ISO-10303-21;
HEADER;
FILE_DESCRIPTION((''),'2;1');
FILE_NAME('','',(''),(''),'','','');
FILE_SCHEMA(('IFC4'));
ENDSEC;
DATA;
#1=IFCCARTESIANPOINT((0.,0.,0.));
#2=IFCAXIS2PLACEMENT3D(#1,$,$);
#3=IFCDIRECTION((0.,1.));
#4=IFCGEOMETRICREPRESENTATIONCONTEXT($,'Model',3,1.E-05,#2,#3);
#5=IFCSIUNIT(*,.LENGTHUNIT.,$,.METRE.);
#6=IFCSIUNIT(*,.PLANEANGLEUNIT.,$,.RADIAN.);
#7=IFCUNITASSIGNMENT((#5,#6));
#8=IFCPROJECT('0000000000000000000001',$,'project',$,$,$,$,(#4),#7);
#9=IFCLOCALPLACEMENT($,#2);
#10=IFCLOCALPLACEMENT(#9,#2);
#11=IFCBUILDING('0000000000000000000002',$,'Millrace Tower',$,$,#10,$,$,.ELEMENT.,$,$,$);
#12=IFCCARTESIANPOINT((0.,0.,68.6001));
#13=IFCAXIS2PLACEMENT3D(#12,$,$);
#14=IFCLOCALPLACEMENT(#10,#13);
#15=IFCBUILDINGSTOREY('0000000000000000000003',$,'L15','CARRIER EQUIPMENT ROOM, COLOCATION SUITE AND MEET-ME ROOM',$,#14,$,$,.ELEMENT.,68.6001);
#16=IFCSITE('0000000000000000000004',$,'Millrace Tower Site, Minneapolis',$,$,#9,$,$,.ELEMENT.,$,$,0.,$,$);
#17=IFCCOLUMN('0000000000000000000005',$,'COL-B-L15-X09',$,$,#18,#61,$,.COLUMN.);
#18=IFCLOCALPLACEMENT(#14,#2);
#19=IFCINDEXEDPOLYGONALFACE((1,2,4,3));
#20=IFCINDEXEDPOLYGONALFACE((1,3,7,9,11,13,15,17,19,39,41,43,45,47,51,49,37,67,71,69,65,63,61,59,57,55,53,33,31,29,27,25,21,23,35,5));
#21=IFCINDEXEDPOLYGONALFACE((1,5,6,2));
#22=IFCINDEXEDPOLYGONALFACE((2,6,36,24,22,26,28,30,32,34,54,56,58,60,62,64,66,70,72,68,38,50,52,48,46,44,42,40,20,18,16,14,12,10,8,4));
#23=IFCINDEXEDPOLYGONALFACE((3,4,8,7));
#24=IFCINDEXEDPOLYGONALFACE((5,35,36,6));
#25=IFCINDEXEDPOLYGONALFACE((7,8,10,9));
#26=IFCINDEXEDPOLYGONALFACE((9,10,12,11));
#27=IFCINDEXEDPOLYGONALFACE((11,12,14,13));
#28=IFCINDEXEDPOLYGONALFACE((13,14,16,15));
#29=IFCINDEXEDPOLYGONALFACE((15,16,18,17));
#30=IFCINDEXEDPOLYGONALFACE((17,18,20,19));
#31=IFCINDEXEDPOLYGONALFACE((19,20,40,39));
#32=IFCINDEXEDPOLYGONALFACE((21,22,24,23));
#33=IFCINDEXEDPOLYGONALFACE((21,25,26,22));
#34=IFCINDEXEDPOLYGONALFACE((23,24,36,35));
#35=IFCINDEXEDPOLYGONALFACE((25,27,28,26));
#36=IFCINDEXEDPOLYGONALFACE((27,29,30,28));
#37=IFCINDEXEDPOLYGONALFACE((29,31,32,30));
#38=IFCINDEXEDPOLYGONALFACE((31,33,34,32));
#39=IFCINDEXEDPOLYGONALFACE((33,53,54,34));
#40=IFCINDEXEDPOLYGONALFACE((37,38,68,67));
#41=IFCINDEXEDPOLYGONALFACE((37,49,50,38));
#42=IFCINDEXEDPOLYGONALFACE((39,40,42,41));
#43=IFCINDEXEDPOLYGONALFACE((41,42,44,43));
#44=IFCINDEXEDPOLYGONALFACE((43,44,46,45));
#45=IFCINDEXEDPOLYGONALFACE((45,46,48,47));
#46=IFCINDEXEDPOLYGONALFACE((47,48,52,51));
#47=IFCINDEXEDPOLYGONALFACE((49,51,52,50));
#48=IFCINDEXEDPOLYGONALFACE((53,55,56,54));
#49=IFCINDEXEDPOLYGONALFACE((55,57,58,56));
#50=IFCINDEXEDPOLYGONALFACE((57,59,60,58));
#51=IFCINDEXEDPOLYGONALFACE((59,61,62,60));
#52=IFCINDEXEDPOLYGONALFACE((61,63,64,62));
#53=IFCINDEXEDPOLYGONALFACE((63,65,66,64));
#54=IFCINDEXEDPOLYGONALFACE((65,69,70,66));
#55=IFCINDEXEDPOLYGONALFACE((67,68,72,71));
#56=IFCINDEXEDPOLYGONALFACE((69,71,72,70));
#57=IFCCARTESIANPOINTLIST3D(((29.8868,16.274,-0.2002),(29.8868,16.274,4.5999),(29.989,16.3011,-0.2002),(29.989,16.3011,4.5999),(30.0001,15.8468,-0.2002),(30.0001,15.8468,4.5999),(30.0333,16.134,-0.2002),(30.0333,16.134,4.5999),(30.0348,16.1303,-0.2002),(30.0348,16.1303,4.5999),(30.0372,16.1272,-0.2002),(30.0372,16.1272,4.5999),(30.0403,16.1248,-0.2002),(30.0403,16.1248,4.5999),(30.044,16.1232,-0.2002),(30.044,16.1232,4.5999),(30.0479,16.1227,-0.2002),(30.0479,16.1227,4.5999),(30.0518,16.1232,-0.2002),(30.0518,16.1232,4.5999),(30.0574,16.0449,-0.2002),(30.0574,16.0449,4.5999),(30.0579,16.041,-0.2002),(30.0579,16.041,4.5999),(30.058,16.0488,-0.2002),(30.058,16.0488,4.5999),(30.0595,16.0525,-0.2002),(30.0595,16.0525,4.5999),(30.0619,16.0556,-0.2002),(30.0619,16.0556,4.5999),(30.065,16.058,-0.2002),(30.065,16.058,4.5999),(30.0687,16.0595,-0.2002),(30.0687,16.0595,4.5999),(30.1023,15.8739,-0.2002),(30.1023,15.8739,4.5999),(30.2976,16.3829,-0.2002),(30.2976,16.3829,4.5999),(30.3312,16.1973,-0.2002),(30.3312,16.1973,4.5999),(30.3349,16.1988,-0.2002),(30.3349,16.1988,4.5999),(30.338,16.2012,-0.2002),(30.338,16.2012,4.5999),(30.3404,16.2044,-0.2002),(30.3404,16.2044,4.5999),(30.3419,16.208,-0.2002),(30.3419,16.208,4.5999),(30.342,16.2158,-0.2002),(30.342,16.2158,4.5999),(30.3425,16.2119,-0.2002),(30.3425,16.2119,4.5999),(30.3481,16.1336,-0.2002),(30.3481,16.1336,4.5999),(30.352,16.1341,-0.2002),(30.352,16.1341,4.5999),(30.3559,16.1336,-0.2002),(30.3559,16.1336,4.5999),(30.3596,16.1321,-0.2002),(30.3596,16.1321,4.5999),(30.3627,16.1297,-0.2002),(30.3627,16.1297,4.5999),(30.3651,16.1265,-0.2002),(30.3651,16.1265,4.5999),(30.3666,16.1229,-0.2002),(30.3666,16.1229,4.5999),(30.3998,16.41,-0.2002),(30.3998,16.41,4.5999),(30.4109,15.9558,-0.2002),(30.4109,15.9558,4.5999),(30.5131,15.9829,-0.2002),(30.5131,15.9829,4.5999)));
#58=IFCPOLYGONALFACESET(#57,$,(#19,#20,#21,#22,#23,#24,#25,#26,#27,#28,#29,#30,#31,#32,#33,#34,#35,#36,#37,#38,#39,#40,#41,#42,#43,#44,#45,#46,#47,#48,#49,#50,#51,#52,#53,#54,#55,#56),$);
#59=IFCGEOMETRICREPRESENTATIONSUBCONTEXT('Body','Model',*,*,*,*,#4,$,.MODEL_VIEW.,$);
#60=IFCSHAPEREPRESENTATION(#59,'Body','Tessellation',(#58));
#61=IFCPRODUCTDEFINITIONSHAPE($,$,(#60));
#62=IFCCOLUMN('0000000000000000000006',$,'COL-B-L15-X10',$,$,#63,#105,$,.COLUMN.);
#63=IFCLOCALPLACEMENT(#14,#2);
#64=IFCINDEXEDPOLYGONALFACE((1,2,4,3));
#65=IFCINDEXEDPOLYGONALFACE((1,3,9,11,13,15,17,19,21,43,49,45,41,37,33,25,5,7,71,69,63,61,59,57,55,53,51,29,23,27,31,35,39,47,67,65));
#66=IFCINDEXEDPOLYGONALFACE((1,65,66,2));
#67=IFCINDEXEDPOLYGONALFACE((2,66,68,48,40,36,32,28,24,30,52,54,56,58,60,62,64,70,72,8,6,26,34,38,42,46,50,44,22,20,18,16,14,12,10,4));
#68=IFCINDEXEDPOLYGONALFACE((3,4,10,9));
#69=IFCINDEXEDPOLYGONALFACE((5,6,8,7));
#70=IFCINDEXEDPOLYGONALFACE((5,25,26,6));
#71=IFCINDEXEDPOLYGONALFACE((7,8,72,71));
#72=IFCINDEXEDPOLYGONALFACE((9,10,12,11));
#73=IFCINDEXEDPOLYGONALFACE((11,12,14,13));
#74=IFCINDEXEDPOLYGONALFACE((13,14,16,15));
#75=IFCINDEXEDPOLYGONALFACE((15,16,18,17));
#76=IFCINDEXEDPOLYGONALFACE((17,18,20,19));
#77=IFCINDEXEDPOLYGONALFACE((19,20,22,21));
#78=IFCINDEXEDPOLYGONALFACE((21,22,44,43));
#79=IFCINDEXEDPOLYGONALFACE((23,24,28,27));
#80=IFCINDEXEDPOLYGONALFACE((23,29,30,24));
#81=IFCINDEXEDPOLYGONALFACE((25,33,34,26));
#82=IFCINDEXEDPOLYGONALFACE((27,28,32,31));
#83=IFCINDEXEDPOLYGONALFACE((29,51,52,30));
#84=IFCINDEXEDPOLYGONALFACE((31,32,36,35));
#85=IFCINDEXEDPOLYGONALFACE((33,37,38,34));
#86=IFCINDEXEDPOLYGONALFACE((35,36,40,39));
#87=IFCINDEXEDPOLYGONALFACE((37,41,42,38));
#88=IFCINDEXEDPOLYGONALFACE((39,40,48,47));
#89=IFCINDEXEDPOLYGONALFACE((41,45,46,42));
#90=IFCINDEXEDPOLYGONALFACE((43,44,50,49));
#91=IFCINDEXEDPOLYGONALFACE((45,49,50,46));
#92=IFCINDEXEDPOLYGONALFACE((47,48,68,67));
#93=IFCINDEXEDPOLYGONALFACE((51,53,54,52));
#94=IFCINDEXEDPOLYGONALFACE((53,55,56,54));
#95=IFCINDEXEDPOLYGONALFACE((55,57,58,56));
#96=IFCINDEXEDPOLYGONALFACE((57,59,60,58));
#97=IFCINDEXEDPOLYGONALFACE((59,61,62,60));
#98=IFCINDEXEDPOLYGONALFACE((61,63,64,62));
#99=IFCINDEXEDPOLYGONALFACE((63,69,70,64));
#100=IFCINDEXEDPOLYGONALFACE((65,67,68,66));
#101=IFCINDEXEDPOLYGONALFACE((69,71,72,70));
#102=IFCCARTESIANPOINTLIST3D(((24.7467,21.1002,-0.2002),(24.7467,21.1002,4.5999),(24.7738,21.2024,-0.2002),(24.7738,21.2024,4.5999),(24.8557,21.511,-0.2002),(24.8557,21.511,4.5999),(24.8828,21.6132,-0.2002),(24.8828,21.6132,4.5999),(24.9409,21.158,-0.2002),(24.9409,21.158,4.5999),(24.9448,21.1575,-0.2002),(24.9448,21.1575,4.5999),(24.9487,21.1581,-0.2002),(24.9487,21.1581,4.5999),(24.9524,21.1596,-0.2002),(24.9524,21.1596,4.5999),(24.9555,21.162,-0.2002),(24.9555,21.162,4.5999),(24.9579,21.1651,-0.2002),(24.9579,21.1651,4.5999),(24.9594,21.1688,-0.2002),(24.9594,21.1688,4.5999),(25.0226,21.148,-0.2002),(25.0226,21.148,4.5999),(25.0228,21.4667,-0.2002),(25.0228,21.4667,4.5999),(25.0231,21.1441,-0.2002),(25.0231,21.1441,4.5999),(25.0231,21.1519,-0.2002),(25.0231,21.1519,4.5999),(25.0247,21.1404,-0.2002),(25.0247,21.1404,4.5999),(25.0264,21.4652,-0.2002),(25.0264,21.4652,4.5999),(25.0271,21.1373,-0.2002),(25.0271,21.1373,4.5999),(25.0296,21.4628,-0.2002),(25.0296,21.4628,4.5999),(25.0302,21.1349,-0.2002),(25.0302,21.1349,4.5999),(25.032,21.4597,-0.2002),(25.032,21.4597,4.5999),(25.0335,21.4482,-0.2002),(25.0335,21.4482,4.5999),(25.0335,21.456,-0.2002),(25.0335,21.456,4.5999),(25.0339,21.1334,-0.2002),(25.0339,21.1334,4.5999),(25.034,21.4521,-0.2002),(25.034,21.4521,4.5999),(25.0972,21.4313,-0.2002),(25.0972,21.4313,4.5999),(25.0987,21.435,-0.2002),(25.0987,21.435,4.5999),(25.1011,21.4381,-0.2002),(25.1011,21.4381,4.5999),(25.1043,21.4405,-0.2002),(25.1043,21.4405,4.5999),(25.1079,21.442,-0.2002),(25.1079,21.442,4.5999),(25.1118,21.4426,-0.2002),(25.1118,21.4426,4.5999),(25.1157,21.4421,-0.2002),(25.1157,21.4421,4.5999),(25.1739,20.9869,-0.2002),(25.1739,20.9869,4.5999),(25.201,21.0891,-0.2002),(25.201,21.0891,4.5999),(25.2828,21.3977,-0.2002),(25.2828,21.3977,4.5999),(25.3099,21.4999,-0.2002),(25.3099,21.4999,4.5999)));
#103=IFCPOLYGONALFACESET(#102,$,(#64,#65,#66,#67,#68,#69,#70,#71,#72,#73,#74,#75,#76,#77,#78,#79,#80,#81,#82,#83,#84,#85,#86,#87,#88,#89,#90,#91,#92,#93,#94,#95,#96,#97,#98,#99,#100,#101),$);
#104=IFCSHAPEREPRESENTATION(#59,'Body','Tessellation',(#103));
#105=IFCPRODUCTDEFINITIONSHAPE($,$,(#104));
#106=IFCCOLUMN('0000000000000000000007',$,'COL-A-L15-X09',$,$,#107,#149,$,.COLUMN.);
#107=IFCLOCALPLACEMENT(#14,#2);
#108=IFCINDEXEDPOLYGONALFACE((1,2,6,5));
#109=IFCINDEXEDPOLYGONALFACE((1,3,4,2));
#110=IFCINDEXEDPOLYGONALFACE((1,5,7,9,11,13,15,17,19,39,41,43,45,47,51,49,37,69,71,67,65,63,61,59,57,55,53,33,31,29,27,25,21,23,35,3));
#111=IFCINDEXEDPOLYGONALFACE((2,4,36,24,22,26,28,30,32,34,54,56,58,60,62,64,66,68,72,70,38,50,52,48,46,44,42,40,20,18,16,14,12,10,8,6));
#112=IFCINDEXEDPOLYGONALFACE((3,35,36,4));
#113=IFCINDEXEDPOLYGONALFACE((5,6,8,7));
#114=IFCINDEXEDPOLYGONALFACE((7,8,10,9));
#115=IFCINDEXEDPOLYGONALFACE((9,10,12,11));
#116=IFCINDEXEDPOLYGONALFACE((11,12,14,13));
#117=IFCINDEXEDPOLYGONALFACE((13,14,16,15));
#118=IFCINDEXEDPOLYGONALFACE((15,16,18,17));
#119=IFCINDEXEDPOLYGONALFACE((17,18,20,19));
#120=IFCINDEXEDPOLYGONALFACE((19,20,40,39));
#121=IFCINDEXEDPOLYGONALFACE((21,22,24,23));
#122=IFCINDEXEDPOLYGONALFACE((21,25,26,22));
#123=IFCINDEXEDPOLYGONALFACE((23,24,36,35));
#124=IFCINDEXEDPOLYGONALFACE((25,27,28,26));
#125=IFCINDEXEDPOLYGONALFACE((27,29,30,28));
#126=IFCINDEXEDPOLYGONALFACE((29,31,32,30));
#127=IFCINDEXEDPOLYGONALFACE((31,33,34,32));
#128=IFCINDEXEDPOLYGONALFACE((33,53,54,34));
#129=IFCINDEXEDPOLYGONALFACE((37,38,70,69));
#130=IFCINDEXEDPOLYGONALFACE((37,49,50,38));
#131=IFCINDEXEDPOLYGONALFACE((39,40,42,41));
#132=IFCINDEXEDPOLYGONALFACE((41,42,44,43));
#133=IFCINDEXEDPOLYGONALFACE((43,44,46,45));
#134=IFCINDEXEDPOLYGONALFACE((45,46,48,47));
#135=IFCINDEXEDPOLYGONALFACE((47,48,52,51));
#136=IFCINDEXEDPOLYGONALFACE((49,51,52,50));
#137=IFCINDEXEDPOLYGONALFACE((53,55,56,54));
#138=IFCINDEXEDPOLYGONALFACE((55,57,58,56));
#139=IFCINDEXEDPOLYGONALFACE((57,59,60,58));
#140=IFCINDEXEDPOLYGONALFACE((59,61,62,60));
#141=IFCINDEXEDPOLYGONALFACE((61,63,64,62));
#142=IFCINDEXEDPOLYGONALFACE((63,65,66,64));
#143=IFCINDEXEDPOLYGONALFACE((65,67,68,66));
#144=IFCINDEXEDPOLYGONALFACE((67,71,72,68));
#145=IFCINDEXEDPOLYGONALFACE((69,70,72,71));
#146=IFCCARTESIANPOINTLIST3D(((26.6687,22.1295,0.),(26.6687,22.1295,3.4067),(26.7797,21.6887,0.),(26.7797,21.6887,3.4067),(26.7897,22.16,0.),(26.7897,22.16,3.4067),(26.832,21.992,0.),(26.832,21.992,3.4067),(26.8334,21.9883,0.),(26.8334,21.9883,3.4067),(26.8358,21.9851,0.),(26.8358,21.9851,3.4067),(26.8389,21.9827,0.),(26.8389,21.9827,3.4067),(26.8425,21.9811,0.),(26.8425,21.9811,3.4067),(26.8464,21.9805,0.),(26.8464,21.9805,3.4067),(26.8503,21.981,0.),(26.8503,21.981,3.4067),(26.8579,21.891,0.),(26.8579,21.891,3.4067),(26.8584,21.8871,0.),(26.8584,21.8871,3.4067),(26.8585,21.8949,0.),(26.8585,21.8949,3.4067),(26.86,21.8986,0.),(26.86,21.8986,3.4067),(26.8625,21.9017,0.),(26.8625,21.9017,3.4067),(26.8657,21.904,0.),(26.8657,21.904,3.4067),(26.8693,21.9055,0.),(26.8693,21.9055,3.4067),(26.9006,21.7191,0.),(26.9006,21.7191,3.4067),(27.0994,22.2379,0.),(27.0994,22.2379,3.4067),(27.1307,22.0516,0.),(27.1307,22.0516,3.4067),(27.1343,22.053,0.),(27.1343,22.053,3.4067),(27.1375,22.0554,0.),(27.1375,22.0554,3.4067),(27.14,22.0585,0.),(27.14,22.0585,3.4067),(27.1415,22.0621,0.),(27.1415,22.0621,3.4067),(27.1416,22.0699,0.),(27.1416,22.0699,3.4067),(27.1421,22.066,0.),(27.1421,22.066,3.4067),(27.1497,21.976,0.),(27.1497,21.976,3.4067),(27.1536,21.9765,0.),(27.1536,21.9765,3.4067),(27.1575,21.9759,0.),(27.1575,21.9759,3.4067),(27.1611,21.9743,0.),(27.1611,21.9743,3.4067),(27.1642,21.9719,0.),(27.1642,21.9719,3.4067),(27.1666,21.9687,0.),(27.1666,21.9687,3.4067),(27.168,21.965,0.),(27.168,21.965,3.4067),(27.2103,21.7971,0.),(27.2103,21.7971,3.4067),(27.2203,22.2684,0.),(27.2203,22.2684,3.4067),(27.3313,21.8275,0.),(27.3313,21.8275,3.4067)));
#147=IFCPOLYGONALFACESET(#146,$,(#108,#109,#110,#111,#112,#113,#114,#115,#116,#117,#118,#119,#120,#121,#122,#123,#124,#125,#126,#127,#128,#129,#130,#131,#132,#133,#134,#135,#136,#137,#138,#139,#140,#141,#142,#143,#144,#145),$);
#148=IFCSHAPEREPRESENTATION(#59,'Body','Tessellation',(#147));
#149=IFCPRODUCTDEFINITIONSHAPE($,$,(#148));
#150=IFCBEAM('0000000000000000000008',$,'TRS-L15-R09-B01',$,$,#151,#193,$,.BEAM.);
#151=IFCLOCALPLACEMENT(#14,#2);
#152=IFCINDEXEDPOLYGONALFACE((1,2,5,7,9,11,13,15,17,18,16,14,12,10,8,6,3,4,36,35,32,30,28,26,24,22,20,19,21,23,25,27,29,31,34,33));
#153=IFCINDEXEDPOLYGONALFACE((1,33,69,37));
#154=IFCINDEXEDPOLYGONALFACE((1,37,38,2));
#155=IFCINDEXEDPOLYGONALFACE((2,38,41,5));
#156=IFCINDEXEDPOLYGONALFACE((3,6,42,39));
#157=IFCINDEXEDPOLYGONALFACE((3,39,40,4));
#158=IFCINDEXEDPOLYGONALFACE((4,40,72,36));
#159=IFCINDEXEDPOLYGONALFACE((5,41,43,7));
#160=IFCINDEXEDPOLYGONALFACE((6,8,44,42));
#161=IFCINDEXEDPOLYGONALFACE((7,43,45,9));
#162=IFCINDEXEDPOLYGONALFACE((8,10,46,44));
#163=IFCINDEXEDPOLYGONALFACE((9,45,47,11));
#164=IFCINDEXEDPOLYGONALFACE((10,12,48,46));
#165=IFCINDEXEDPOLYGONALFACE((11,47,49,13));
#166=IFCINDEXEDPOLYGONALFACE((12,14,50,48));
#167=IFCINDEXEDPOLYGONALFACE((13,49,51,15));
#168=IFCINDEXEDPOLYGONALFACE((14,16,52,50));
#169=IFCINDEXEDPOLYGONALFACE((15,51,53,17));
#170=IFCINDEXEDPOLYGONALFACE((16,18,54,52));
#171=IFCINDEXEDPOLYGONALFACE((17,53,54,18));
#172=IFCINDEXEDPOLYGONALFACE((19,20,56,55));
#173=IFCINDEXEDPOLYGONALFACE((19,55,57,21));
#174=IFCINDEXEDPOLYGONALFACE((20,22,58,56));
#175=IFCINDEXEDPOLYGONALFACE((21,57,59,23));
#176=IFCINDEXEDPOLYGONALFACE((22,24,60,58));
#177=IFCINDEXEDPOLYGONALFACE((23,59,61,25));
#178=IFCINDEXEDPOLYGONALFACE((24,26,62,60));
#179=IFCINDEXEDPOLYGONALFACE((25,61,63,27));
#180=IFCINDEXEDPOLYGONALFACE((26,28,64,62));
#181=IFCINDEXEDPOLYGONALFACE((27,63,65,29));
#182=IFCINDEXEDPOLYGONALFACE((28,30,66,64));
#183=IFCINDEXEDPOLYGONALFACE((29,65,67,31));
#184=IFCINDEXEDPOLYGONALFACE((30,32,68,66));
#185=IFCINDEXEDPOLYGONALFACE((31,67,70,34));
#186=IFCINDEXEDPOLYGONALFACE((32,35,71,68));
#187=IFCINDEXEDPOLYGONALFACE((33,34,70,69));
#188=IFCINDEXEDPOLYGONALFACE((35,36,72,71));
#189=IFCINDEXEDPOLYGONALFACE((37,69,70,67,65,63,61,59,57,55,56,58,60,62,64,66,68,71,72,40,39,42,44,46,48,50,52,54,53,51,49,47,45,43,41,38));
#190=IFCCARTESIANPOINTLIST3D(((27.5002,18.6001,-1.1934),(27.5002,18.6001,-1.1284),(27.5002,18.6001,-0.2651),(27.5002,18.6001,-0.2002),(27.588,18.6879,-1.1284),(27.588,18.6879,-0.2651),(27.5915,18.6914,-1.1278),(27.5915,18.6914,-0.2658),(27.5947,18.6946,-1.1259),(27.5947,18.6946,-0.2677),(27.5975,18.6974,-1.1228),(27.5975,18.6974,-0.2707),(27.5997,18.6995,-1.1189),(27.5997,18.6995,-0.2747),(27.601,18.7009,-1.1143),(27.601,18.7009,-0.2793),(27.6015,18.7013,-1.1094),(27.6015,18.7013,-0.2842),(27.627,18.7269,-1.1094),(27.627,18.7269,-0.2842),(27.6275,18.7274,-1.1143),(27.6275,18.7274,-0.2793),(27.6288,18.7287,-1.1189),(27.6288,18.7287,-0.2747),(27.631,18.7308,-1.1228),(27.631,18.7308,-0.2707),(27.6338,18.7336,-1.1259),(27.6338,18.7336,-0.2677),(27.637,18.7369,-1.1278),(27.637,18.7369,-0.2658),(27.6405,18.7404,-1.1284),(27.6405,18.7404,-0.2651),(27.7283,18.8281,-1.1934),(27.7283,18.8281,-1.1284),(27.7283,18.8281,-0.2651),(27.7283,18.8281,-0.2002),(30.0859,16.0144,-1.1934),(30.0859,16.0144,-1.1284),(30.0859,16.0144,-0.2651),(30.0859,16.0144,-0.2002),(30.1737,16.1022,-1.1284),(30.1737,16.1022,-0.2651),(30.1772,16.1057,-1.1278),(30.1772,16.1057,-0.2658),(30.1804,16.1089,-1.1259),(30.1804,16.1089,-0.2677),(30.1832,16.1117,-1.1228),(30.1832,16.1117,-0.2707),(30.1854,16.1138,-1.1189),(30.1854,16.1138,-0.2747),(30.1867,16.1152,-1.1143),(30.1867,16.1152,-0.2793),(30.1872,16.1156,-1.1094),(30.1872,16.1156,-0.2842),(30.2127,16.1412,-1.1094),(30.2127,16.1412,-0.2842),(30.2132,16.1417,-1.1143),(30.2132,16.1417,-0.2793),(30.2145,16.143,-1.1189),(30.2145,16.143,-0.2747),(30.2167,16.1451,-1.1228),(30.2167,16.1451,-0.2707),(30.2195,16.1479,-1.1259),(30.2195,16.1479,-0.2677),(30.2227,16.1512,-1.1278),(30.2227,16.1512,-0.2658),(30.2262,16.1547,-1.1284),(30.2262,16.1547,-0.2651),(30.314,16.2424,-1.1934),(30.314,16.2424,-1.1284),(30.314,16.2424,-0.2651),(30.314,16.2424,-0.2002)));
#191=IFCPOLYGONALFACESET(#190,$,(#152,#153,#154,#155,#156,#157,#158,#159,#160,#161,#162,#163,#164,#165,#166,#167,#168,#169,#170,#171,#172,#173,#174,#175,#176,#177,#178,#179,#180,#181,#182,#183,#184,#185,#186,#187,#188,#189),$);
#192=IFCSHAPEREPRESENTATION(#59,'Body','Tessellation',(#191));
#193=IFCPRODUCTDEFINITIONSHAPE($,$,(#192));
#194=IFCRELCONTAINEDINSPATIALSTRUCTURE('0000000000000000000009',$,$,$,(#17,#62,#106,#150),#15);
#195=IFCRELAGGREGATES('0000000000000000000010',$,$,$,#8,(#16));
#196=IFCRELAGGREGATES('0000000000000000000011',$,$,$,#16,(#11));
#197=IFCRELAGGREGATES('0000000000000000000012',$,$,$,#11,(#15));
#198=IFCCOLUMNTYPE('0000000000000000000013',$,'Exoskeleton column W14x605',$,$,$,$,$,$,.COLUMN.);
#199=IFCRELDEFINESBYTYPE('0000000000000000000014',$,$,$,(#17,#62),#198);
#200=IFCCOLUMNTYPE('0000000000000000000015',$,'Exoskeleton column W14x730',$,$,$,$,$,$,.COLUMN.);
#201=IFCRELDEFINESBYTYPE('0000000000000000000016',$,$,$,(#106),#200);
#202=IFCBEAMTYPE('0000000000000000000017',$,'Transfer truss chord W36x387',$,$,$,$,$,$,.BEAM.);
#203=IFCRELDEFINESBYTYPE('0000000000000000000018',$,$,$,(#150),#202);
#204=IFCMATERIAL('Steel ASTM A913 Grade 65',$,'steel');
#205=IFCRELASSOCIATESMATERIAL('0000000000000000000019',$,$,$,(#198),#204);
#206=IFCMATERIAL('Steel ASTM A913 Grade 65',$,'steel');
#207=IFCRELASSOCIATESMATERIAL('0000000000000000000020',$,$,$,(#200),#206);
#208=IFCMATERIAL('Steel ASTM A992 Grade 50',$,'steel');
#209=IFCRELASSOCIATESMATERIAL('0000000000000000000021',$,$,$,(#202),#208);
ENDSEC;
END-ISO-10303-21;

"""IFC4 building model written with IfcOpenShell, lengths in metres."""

from ifc_helpers import new_model, si_unit, direction, frame, origin, origin_2d, place, context, subcontext, project, spatial, i_section, extrude, material, material_profile, profile_set, type_object, element, save


model = new_model("IFC4")

# Units and contexts
model_context = context("Model", 3, precision=1e-05, world=origin(), true_north=direction((0.0, 1.0)))
body_context = subcontext(model_context, "Body", "Model", "MODEL_VIEW")
ifc_project = project(units=[si_unit("LENGTHUNIT", "METRE"), si_unit("PLANEANGLEUNIT", "RADIAN")], contexts=[model_context])

# Site, building, storey
site_placement = place(None, origin())
site = spatial("IfcSite", under=ifc_project, at=site_placement, Name="Millrace Tower Site, Minneapolis", CompositionType="ELEMENT", RefElevation=0.0)
building_placement = place(site_placement, origin())
building = spatial("IfcBuilding", under=site, at=building_placement, Name="Millrace Tower", CompositionType="ELEMENT")
storey_placement = place(building_placement, frame((0.0, 0.0, 68.6001)))
storey = spatial("IfcBuildingStorey", under=building, at=storey_placement, Name="L15", Description="CARRIER EQUIPMENT ROOM, COLOCATION SUITE AND MEET-ME ROOM", CompositionType="ELEMENT", Elevation=68.6001)

# Columns
ifc_material_1 = material(Name="Steel ASTM A913 Grade 65", Category="steel")
ifc_material_profile_1 = material_profile(ifc_material_1, i_section(OverallWidth=0.4419, OverallDepth=0.5308, WebThickness=0.0659, FlangeThickness=0.1057, FilletRadius=0.0151, at=origin_2d()))
ifc_profile_set_1 = profile_set([ifc_material_profile_1], Name="Steel ASTM A913 Grade 65")
column_type_1 = type_object("IfcColumnType", Name="Exoskeleton column W14x605", PredefinedType="COLUMN", material=ifc_profile_set_1)
for number, where, z_axis, x_axis, name in (
    (1, (30.2, 16.1284, -0.2002), (0.0, 0.0, 1.0), (-0.256347, 0.966585, 0.0), "COL-B-L15-X09"),
    (2, (25.0283, 21.3, -0.2002), (0.0, 0.0, 1.0), (-0.966585, 0.256347, 0.0), "COL-B-L15-X10"),
):
    element("IfcColumn", number, at=place(storey_placement, frame(where, z_axis=z_axis, x_axis=x_axis)), inside=storey, type_object=column_type_1, Name=name, PredefinedType="COLUMN", context=body_context, shape_type="SweptSolid", body=[
        extrude(i_section(OverallWidth=0.4419, OverallDepth=0.5308, WebThickness=0.0659, FlangeThickness=0.1057, FilletRadius=0.0151, at=origin_2d()), origin(), (0.0, 0.0, 1.0), 4.8),
    ])
ifc_material_2 = material(Name="Steel ASTM A913 Grade 65", Category="steel")
ifc_material_profile_2 = material_profile(ifc_material_2, i_section(OverallWidth=0.4546, OverallDepth=0.5688, WebThickness=0.0779, FlangeThickness=0.1248, FilletRadius=0.0151, at=origin_2d()))
ifc_profile_set_2 = profile_set([ifc_material_profile_2], Name="Steel ASTM A913 Grade 65")
column_type_2 = type_object("IfcColumnType", Name="Exoskeleton column W14x730", PredefinedType="COLUMN", material=ifc_profile_set_2)
column_placement = place(storey_placement, frame((27.0, 21.9785, 0.0), z_axis=(0.0, 0.0, 1.0), x_axis=(-0.244094, 0.969752, 0.0)))
element("IfcColumn", 3, at=column_placement, inside=storey, type_object=column_type_2, Name="COL-A-L15-X09", PredefinedType="COLUMN", context=body_context, shape_type="SweptSolid", body=[
    extrude(i_section(OverallWidth=0.4546, OverallDepth=0.5688, WebThickness=0.0779, FlangeThickness=0.1248, FilletRadius=0.0151, at=origin_2d()), origin(), (0.0, 0.0, 1.0), 3.4067),
])

# Beam
ifc_material_3 = material(Name="Steel ASTM A992 Grade 50", Category="steel")
ifc_material_profile_3 = material_profile(ifc_material_3, i_section(OverallWidth=0.3225, OverallDepth=0.9932, WebThickness=0.0361, FlangeThickness=0.0649, FilletRadius=0.019, at=origin_2d()))
ifc_profile_set_3 = profile_set([ifc_material_profile_3], Name="Steel ASTM A992 Grade 50")
beam_type = type_object("IfcBeamType", Name="Transfer truss chord W36x387", PredefinedType="BEAM", material=ifc_profile_set_3)
for number, where, z_axis, x_axis, name in (
    (4, (30.2, 16.1284, -0.6968), (-0.707107, 0.707107, 0.0), (-0.707107, -0.707107, 0.0), "TRS-L15-R09-B01"),
):
    element("IfcBeam", number, at=place(storey_placement, frame(where, z_axis=z_axis, x_axis=x_axis)), inside=storey, type_object=beam_type, Name=name, PredefinedType="BEAM", context=body_context, shape_type="SweptSolid", body=[
        extrude(i_section(OverallWidth=0.3225, OverallDepth=0.9932, WebThickness=0.0361, FlangeThickness=0.0649, FilletRadius=0.019, at=origin_2d()), origin(), (0.0, 0.0, 1.0), 3.6567),
    ])

save(model, "model.ifc")
